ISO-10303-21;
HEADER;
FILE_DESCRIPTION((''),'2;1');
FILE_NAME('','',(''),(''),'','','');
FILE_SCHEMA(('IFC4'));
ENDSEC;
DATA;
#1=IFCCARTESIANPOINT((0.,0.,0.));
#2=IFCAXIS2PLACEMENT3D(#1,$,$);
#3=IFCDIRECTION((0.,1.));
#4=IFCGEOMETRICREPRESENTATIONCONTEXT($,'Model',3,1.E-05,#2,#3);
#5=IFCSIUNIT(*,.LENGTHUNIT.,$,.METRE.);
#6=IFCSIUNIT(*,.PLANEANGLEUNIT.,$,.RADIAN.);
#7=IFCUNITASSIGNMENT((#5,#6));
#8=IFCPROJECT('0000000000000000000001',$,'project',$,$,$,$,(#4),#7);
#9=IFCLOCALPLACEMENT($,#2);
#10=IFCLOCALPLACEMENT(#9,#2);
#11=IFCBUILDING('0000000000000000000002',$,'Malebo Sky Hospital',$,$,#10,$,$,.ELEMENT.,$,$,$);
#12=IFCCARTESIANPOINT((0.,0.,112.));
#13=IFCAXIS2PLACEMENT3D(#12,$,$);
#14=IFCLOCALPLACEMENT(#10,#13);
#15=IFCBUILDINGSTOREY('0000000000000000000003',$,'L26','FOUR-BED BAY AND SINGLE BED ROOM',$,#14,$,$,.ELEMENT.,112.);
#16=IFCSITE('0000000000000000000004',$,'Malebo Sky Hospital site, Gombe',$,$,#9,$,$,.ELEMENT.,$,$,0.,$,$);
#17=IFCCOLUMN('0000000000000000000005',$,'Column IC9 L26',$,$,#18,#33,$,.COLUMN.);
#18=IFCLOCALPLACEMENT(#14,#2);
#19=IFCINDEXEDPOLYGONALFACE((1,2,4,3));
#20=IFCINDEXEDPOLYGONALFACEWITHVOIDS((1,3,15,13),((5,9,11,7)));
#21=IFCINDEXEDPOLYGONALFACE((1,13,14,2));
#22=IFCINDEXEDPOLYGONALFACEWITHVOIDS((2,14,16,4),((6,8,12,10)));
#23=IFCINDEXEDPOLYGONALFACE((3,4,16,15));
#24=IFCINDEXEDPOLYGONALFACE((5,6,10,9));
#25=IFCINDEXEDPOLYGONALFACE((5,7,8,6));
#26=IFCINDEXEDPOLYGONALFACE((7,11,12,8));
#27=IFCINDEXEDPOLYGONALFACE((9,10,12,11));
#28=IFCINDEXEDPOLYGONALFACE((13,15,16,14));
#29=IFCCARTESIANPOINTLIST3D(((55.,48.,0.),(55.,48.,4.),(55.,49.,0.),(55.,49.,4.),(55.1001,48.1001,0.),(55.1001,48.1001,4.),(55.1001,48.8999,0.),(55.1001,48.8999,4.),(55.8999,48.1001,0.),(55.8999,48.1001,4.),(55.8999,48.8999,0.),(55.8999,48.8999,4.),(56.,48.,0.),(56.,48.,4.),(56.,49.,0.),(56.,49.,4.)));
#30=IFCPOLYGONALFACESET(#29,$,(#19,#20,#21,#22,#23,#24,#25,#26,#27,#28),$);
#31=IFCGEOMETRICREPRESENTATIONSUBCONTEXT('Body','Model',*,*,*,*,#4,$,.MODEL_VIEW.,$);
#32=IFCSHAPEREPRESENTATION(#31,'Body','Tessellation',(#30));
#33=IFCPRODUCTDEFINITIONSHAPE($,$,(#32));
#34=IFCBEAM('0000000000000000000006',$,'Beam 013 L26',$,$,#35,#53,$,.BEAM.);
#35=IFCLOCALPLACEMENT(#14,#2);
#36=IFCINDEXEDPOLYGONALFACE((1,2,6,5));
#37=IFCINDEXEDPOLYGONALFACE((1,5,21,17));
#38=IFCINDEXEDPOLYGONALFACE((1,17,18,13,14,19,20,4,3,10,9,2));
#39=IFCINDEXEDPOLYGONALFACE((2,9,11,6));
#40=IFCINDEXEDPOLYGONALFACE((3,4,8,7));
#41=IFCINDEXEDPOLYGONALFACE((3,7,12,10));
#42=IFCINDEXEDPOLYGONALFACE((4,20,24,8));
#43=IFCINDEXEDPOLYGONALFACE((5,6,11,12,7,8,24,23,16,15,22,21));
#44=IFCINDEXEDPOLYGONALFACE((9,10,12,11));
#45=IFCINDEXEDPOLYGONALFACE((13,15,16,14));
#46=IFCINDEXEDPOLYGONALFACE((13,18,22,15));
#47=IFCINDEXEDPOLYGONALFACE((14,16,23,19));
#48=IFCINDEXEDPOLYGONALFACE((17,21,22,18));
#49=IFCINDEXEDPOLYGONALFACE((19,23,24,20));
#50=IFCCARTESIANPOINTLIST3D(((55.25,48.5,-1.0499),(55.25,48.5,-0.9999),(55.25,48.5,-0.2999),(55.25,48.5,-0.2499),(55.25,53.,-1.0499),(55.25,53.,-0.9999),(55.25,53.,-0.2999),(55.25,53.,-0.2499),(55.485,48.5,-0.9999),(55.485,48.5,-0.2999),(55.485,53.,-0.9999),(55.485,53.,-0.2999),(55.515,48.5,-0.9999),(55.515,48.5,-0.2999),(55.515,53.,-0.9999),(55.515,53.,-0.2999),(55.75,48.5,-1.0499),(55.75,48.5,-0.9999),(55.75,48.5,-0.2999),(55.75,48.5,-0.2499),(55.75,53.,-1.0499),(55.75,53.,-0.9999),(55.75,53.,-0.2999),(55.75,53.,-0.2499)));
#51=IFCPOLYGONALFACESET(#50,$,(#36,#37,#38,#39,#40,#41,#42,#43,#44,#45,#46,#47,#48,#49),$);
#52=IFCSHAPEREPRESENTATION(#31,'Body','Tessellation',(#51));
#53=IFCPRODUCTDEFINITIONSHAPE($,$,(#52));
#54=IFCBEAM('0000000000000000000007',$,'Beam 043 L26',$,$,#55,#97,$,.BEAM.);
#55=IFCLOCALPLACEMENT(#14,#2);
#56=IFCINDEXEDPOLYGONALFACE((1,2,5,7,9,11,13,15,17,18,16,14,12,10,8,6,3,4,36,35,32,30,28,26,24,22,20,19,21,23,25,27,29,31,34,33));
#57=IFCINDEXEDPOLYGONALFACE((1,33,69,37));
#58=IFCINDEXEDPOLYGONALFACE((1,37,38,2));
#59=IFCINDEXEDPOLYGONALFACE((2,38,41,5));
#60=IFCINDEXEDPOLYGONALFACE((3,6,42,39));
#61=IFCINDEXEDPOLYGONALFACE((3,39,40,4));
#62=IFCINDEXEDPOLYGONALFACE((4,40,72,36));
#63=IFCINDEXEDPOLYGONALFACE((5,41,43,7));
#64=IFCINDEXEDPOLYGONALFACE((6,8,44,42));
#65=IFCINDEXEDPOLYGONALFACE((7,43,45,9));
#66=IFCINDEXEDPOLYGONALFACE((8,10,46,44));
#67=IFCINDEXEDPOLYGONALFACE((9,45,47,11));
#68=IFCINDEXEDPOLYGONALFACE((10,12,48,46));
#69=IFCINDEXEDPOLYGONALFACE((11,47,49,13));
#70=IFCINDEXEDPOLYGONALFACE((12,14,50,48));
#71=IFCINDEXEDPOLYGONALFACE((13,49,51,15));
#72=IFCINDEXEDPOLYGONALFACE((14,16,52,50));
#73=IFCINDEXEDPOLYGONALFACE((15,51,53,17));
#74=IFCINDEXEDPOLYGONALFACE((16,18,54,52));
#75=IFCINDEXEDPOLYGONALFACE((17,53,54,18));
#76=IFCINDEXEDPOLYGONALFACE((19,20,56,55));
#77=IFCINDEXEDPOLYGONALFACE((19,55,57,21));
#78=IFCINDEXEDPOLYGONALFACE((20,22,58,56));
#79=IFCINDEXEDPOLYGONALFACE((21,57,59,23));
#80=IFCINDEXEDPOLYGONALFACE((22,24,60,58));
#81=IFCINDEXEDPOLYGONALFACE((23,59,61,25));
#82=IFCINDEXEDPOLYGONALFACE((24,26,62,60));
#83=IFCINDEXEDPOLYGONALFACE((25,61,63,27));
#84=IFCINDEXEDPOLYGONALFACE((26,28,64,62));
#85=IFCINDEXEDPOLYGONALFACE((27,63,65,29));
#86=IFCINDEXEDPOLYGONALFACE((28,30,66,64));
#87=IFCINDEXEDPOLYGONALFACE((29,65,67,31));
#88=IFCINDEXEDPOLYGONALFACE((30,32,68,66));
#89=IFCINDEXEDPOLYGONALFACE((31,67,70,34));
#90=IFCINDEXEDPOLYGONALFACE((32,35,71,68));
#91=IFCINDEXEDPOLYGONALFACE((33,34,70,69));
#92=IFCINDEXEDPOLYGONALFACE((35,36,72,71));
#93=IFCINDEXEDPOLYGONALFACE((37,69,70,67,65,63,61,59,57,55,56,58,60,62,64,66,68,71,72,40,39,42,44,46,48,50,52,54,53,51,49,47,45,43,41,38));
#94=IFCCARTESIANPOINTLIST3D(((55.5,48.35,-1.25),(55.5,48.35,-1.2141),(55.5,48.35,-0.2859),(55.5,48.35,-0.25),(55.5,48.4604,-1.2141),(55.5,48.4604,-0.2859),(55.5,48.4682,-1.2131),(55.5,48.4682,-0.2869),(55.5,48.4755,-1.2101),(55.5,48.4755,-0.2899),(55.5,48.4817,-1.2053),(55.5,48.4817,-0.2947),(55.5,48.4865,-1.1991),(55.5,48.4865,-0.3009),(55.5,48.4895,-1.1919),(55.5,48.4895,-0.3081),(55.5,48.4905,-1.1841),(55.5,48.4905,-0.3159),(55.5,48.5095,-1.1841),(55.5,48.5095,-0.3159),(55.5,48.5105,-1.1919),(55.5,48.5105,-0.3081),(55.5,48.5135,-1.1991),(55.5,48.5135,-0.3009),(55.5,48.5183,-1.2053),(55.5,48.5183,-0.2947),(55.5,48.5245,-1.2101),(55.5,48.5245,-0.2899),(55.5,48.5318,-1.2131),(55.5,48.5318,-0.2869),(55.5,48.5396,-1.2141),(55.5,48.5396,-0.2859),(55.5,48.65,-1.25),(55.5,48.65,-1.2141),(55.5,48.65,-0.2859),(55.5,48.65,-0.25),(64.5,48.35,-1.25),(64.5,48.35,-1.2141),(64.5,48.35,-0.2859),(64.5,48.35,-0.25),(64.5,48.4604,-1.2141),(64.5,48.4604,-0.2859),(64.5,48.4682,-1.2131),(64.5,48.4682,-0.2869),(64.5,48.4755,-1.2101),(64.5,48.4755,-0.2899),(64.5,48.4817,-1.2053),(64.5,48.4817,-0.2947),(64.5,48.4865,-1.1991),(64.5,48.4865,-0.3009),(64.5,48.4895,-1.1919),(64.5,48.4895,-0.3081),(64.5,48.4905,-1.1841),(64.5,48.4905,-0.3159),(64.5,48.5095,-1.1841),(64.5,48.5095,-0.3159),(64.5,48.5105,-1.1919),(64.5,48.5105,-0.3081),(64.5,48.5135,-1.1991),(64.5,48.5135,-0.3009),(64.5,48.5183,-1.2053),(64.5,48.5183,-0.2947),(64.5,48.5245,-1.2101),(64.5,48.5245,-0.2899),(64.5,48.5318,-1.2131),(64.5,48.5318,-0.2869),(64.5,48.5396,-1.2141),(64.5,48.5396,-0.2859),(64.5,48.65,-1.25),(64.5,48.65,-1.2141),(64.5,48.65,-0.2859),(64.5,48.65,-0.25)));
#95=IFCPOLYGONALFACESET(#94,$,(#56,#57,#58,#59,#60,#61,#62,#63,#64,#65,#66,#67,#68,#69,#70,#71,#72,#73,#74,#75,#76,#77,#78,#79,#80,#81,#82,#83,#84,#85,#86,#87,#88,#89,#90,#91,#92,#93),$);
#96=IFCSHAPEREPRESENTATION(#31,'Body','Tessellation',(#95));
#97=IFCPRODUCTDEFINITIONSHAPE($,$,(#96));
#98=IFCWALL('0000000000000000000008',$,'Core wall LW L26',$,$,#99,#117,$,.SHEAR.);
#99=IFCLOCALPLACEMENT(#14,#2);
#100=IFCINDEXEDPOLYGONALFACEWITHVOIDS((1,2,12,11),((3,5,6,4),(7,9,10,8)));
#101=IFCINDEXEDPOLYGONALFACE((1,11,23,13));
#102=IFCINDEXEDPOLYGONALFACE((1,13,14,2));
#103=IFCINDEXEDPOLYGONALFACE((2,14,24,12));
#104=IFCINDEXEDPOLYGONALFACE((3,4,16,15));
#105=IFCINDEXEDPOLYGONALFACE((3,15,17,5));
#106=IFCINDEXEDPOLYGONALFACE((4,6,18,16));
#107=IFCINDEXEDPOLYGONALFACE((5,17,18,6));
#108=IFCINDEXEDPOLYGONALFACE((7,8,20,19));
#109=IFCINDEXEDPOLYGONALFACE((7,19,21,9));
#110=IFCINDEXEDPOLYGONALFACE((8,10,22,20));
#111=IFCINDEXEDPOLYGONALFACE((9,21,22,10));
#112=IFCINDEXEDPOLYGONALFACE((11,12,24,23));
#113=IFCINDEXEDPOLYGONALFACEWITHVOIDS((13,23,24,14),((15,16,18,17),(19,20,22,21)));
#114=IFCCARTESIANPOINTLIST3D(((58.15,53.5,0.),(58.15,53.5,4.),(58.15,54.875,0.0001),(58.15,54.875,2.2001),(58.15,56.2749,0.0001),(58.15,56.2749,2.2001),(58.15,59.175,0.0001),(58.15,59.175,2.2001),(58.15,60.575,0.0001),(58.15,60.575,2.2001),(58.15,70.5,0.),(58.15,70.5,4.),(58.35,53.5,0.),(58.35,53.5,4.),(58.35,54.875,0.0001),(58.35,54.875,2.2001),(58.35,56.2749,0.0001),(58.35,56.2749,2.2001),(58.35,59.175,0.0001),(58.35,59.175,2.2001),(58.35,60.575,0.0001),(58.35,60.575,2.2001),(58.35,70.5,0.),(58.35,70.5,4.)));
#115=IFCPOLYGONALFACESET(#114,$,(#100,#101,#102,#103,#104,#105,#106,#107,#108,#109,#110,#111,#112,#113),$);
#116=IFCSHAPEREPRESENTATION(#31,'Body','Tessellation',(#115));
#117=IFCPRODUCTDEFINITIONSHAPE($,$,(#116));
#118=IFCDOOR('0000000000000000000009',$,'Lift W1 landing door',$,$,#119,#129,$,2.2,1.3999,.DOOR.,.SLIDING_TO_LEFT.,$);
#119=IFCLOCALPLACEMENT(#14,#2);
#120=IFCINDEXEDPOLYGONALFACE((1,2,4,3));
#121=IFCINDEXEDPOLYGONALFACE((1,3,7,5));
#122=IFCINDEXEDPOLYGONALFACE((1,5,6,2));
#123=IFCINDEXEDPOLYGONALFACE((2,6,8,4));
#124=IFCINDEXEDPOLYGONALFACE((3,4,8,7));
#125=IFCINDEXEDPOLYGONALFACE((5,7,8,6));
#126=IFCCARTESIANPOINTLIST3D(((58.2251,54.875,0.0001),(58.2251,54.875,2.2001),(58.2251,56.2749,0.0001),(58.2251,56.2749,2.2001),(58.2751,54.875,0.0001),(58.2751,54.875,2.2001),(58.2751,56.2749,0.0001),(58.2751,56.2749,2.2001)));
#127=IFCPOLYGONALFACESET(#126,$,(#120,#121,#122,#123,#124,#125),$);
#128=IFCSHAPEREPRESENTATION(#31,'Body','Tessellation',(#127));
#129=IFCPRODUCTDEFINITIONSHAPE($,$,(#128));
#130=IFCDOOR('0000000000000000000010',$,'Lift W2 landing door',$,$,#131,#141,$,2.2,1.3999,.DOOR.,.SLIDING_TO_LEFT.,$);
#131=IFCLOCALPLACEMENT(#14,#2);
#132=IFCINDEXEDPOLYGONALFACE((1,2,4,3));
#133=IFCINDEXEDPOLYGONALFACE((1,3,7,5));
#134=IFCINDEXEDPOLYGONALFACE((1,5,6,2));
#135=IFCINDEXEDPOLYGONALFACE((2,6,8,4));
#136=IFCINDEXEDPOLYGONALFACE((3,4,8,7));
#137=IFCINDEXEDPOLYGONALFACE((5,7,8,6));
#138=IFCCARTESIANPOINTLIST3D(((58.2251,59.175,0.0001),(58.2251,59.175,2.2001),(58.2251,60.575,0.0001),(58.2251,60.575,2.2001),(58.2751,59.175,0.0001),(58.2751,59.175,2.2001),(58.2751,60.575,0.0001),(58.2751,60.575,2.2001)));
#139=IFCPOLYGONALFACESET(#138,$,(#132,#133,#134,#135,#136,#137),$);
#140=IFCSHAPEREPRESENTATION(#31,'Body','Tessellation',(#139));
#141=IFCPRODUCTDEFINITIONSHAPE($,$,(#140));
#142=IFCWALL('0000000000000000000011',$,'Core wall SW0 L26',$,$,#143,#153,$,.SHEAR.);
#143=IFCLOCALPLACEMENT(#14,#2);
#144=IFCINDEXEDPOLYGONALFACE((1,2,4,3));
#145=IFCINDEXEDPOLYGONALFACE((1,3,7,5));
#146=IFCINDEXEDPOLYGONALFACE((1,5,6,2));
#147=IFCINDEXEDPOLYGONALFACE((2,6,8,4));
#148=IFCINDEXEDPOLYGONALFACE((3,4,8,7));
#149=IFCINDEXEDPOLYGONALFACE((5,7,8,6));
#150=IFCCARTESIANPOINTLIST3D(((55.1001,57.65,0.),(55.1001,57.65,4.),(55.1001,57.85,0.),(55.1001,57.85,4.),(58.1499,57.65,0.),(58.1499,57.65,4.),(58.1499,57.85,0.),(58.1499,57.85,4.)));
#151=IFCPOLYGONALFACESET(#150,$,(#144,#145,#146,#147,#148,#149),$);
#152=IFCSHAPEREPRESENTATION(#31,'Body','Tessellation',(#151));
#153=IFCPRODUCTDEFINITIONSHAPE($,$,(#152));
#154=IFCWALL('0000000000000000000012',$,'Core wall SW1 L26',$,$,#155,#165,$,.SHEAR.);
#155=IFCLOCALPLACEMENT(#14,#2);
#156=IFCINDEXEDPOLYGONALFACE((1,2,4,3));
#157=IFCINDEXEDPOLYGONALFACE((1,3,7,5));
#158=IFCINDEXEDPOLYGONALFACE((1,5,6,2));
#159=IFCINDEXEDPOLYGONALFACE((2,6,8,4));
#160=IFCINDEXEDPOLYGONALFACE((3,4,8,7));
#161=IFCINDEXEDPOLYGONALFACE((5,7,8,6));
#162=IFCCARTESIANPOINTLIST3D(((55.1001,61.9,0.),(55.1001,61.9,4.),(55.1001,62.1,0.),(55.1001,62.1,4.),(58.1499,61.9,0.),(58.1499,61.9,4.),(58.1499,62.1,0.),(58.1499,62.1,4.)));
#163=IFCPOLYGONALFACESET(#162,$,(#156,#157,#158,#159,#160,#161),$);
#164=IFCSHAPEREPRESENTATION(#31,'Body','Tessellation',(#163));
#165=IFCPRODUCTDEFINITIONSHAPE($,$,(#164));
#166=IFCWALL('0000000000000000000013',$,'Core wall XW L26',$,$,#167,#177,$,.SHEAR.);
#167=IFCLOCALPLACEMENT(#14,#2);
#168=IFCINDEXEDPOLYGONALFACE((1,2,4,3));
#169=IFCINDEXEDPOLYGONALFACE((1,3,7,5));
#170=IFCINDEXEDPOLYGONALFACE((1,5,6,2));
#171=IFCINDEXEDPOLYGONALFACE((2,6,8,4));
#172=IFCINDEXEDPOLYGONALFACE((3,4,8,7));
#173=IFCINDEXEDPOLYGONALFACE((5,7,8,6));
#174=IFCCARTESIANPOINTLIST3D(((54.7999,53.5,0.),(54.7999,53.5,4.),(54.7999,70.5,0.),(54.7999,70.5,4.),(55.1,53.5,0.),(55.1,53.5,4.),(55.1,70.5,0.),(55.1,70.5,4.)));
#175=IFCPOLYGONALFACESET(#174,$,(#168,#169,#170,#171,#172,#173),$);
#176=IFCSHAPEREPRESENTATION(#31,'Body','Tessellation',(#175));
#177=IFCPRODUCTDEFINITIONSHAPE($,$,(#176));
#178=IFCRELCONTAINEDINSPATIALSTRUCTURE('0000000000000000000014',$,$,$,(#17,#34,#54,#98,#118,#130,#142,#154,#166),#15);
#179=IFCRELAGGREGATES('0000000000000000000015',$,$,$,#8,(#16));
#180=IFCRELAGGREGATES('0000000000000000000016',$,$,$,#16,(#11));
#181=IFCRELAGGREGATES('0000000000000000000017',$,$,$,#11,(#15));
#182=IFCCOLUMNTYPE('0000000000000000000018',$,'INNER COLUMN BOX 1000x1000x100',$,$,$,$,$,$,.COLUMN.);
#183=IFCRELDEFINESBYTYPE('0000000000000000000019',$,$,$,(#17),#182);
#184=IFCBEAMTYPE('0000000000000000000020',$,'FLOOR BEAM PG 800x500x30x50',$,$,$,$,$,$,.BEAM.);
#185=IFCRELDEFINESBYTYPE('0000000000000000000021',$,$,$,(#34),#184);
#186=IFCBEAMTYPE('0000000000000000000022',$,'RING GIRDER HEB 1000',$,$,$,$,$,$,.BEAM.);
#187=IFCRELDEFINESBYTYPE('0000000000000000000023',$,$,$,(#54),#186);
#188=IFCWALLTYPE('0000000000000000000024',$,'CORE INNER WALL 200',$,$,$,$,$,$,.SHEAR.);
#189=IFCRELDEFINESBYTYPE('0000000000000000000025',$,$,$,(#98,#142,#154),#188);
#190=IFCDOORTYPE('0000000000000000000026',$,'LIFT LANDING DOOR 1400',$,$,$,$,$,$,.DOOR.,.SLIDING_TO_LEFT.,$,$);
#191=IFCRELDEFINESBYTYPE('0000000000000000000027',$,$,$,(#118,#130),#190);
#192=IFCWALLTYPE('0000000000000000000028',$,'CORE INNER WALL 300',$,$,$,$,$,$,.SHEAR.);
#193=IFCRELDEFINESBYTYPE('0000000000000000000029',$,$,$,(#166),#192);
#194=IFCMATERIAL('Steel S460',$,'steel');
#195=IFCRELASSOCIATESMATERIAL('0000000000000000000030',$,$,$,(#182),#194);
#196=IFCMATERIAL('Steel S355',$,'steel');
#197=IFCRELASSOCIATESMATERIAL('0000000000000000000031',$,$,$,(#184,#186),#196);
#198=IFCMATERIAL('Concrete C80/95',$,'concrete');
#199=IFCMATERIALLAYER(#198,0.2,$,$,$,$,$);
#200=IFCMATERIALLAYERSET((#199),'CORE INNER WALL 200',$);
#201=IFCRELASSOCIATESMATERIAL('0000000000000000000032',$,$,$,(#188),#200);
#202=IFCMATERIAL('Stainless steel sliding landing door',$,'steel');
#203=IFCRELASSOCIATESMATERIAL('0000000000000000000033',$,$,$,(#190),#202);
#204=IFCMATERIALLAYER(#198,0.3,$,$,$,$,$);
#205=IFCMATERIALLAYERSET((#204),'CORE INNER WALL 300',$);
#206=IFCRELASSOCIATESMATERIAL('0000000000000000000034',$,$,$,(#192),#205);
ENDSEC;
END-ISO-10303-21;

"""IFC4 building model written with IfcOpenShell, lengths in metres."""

from ifc_helpers import new_model, si_unit, direction, frame, frame_2d, origin, origin_2d, place, context, subcontext, project, spatial, rectangle, hollow_rectangle, i_section, extrude, material, layer, layer_set, material_profile, profile_set, type_object, element, fill, save


model = new_model("IFC4")

# Units and contexts
model_context = context("Model", 3, precision=1e-05, world=origin(), true_north=direction((0.0, 1.0)))
body_context = subcontext(model_context, "Body", "Model", "MODEL_VIEW")
ifc_project = project(units=[si_unit("LENGTHUNIT", "METRE"), si_unit("PLANEANGLEUNIT", "RADIAN")], contexts=[model_context])

# Site, building, storey
site_placement = place(None, origin())
site = spatial("IfcSite", under=ifc_project, at=site_placement, Name="Malebo Sky Hospital site, Gombe", CompositionType="ELEMENT", RefElevation=0.0)
building_placement = place(site_placement, origin())
building = spatial("IfcBuilding", under=site, at=building_placement, Name="Malebo Sky Hospital", CompositionType="ELEMENT")
storey_placement = place(building_placement, frame((0.0, 0.0, 112.0)))
storey = spatial("IfcBuildingStorey", under=building, at=storey_placement, Name="L26", Description="FOUR-BED BAY AND SINGLE BED ROOM", CompositionType="ELEMENT", Elevation=112.0)

# Column
ifc_material_1 = material(Name="Steel S460", Category="steel")
ifc_material_profile_1 = material_profile(ifc_material_1, hollow_rectangle(XDim=1.0, YDim=1.0, WallThickness=0.1001, at=origin_2d()), Name="BOX 1000x1000x100")
ifc_profile_set_1 = profile_set([ifc_material_profile_1], Name="Steel S460")
column_type = type_object("IfcColumnType", Name="INNER COLUMN BOX 1000x1000x100", PredefinedType="COLUMN", material=ifc_profile_set_1)
column_placement = place(storey_placement, frame((55.5, 48.5, 0.0), z_axis=(0.0, 0.0, 1.0), x_axis=(1.0, 0.0, 0.0)))
element("IfcColumn", 1, at=column_placement, inside=storey, type_object=column_type, Name="Column IC9 L26", PredefinedType="COLUMN", context=body_context, shape_type="SweptSolid", body=[
    extrude(hollow_rectangle(XDim=1.0, YDim=1.0, WallThickness=0.1001, at=origin_2d()), origin(), (0.0, 0.0, 1.0), 4.0),
])

# Beams
ifc_material_2 = material(Name="Steel S355", Category="steel")
ifc_material_profile_2 = material_profile(ifc_material_2, i_section(OverallWidth=0.5, OverallDepth=0.8, WebThickness=0.03, FlangeThickness=0.05, at=origin_2d()), Name="PG 800x500x30x50")
ifc_profile_set_2 = profile_set([ifc_material_profile_2], Name="Steel S355")
beam_type_1 = type_object("IfcBeamType", Name="FLOOR BEAM PG 800x500x30x50", PredefinedType="BEAM", material=ifc_profile_set_2)
beam_1_placement = place(storey_placement, frame((55.5, 48.5, -0.6499), z_axis=(0.0, 1.0, 0.0), x_axis=(-1.0, 0.0, 0.0)))
element("IfcBeam", 2, at=beam_1_placement, inside=storey, type_object=beam_type_1, Name="Beam 013 L26", PredefinedType="BEAM", context=body_context, shape_type="SweptSolid", body=[
    extrude(i_section(OverallWidth=0.5, OverallDepth=0.8, WebThickness=0.03, FlangeThickness=0.05, at=origin_2d()), origin(), (0.0, 0.0, 1.0), 4.5),
])
ifc_material_profile_3 = material_profile(ifc_material_2, i_section(OverallWidth=0.3, OverallDepth=1.0, WebThickness=0.019, FlangeThickness=0.0359, FilletRadius=0.03, at=origin_2d()), Name="HEB 1000")
ifc_profile_set_3 = profile_set([ifc_material_profile_3], Name="Steel S355")
beam_type_2 = type_object("IfcBeamType", Name="RING GIRDER HEB 1000", PredefinedType="BEAM", material=ifc_profile_set_3)
beam_2_placement = place(storey_placement, frame((55.5, 48.5, -0.75), z_axis=(1.0, 0.0, 0.0), x_axis=(0.0, 1.0, 0.0)))
element("IfcBeam", 3, at=beam_2_placement, inside=storey, type_object=beam_type_2, Name="Beam 043 L26", PredefinedType="BEAM", context=body_context, shape_type="SweptSolid", body=[
    extrude(i_section(OverallWidth=0.3, OverallDepth=1.0, WebThickness=0.019, FlangeThickness=0.0359, FilletRadius=0.03, at=origin_2d()), origin(), (0.0, 0.0, 1.0), 9.0),
])

# Wall, openings, doors
ifc_material_3 = material(Name="Concrete C80/95", Category="concrete")
ifc_layer_1 = layer(ifc_material_3, 0.2)
ifc_layer_set_1 = layer_set([ifc_layer_1], Name="CORE INNER WALL 200")
wall_type_1 = type_object("IfcWallType", Name="CORE INNER WALL 200", PredefinedType="SHEAR", material=ifc_layer_set_1)
wall_1_placement = place(storey_placement, frame((58.25, 53.5, 0.0), z_axis=(0.0, 0.0, 1.0), x_axis=(0.0, 1.0, 0.0)))
wall_1 = element("IfcWall", 4, at=wall_1_placement, inside=storey, type_object=wall_type_1, Name="Core wall LW L26", PredefinedType="SHEAR", context=body_context, shape_type="SweptSolid", body=[
    extrude(rectangle(XDim=17.0, YDim=0.2, at=frame_2d((8.5, 0.0))), origin(), (0.0, 0.0, 1.0), 4.0),
])
opening_1_placement = place(wall_1_placement, frame((1.375, 0.0, 0.0)))
opening_1 = element("IfcOpeningElement", 5, at=opening_1_placement, cuts=wall_1, PredefinedType="OPENING", context=body_context, shape_type="SweptSolid", body=[
    extrude(rectangle(XDim=1.3999, YDim=2.2, at=frame_2d((0.7, 1.1001))), frame((0.0, 0.1099, 0.0), z_axis=(0.0, -1.0, 0.0), x_axis=(1.0, 0.0, 0.0)), (0.0, 0.0, 1.0), 0.22),
])
opening_2_placement = place(wall_1_placement, frame((5.675, 0.0, 0.0)))
opening_2 = element("IfcOpeningElement", 6, at=opening_2_placement, cuts=wall_1, PredefinedType="OPENING", context=body_context, shape_type="SweptSolid", body=[
    extrude(rectangle(XDim=1.3999, YDim=2.2, at=frame_2d((0.7, 1.1001))), frame((0.0, 0.1099, 0.0), z_axis=(0.0, -1.0, 0.0), x_axis=(1.0, 0.0, 0.0)), (0.0, 0.0, 1.0), 0.22),
])
ifc_material_4 = material(Name="Stainless steel sliding landing door", Category="steel")
door_type_1 = type_object("IfcDoorType", Name="LIFT LANDING DOOR 1400", OperationType="SLIDING_TO_LEFT", PredefinedType="DOOR", material=ifc_material_4)
door_1_placement = place(opening_1_placement, origin())
door_1 = element("IfcDoor", 7, at=door_1_placement, inside=storey, type_object=door_type_1, Name="Lift W1 landing door", OperationType="SLIDING_TO_LEFT", OverallHeight=2.2, OverallWidth=1.3999, PredefinedType="DOOR", context=body_context, shape_type="SweptSolid", body=[
    extrude(rectangle(XDim=1.3999, YDim=2.2, at=frame_2d((0.7, 1.1001))), frame((0.0, 0.0249, 0.0), z_axis=(0.0, -1.0, 0.0), x_axis=(1.0, 0.0, 0.0)), (0.0, 0.0, 1.0), 0.05),
])
fill(opening_1, door_1)
door_2_placement = place(opening_2_placement, origin())
door_2 = element("IfcDoor", 8, at=door_2_placement, inside=storey, type_object=door_type_1, Name="Lift W2 landing door", OperationType="SLIDING_TO_LEFT", OverallHeight=2.2, OverallWidth=1.3999, PredefinedType="DOOR", context=body_context, shape_type="SweptSolid", body=[
    extrude(rectangle(XDim=1.3999, YDim=2.2, at=frame_2d((0.7, 1.1001))), frame((0.0, 0.0249, 0.0), z_axis=(0.0, -1.0, 0.0), x_axis=(1.0, 0.0, 0.0)), (0.0, 0.0, 1.0), 0.05),
])
fill(opening_2, door_2)

# Walls
for number, where, z_axis, x_axis, name in (
    (9, (55.1001, 57.75, 0.0), (0.0, 0.0, 1.0), (1.0, 0.0, 0.0), "Core wall SW0 L26"),
    (10, (55.1001, 62.0, 0.0), (0.0, 0.0, 1.0), (1.0, 0.0, 0.0), "Core wall SW1 L26"),
):
    element("IfcWall", number, at=place(storey_placement, frame(where, z_axis=z_axis, x_axis=x_axis)), inside=storey, type_object=wall_type_1, Name=name, PredefinedType="SHEAR", context=body_context, shape_type="SweptSolid", body=[
        extrude(rectangle(XDim=3.0498, YDim=0.2, at=frame_2d((1.5249, 0.0))), origin(), (0.0, 0.0, 1.0), 4.0),
    ])
ifc_layer_2 = layer(ifc_material_3, 0.3)
ifc_layer_set_2 = layer_set([ifc_layer_2], Name="CORE INNER WALL 300")
wall_type_2 = type_object("IfcWallType", Name="CORE INNER WALL 300", PredefinedType="SHEAR", material=ifc_layer_set_2)
wall_2_placement = place(storey_placement, frame((54.95, 53.5, 0.0), z_axis=(0.0, 0.0, 1.0), x_axis=(0.0, 1.0, 0.0)))
element("IfcWall", 11, at=wall_2_placement, inside=storey, type_object=wall_type_2, Name="Core wall XW L26", PredefinedType="SHEAR", context=body_context, shape_type="SweptSolid", body=[
    extrude(rectangle(XDim=17.0, YDim=0.3, at=frame_2d((8.5, 0.0))), origin(), (0.0, 0.0, 1.0), 4.0),
])

save(model, "model.ifc")
